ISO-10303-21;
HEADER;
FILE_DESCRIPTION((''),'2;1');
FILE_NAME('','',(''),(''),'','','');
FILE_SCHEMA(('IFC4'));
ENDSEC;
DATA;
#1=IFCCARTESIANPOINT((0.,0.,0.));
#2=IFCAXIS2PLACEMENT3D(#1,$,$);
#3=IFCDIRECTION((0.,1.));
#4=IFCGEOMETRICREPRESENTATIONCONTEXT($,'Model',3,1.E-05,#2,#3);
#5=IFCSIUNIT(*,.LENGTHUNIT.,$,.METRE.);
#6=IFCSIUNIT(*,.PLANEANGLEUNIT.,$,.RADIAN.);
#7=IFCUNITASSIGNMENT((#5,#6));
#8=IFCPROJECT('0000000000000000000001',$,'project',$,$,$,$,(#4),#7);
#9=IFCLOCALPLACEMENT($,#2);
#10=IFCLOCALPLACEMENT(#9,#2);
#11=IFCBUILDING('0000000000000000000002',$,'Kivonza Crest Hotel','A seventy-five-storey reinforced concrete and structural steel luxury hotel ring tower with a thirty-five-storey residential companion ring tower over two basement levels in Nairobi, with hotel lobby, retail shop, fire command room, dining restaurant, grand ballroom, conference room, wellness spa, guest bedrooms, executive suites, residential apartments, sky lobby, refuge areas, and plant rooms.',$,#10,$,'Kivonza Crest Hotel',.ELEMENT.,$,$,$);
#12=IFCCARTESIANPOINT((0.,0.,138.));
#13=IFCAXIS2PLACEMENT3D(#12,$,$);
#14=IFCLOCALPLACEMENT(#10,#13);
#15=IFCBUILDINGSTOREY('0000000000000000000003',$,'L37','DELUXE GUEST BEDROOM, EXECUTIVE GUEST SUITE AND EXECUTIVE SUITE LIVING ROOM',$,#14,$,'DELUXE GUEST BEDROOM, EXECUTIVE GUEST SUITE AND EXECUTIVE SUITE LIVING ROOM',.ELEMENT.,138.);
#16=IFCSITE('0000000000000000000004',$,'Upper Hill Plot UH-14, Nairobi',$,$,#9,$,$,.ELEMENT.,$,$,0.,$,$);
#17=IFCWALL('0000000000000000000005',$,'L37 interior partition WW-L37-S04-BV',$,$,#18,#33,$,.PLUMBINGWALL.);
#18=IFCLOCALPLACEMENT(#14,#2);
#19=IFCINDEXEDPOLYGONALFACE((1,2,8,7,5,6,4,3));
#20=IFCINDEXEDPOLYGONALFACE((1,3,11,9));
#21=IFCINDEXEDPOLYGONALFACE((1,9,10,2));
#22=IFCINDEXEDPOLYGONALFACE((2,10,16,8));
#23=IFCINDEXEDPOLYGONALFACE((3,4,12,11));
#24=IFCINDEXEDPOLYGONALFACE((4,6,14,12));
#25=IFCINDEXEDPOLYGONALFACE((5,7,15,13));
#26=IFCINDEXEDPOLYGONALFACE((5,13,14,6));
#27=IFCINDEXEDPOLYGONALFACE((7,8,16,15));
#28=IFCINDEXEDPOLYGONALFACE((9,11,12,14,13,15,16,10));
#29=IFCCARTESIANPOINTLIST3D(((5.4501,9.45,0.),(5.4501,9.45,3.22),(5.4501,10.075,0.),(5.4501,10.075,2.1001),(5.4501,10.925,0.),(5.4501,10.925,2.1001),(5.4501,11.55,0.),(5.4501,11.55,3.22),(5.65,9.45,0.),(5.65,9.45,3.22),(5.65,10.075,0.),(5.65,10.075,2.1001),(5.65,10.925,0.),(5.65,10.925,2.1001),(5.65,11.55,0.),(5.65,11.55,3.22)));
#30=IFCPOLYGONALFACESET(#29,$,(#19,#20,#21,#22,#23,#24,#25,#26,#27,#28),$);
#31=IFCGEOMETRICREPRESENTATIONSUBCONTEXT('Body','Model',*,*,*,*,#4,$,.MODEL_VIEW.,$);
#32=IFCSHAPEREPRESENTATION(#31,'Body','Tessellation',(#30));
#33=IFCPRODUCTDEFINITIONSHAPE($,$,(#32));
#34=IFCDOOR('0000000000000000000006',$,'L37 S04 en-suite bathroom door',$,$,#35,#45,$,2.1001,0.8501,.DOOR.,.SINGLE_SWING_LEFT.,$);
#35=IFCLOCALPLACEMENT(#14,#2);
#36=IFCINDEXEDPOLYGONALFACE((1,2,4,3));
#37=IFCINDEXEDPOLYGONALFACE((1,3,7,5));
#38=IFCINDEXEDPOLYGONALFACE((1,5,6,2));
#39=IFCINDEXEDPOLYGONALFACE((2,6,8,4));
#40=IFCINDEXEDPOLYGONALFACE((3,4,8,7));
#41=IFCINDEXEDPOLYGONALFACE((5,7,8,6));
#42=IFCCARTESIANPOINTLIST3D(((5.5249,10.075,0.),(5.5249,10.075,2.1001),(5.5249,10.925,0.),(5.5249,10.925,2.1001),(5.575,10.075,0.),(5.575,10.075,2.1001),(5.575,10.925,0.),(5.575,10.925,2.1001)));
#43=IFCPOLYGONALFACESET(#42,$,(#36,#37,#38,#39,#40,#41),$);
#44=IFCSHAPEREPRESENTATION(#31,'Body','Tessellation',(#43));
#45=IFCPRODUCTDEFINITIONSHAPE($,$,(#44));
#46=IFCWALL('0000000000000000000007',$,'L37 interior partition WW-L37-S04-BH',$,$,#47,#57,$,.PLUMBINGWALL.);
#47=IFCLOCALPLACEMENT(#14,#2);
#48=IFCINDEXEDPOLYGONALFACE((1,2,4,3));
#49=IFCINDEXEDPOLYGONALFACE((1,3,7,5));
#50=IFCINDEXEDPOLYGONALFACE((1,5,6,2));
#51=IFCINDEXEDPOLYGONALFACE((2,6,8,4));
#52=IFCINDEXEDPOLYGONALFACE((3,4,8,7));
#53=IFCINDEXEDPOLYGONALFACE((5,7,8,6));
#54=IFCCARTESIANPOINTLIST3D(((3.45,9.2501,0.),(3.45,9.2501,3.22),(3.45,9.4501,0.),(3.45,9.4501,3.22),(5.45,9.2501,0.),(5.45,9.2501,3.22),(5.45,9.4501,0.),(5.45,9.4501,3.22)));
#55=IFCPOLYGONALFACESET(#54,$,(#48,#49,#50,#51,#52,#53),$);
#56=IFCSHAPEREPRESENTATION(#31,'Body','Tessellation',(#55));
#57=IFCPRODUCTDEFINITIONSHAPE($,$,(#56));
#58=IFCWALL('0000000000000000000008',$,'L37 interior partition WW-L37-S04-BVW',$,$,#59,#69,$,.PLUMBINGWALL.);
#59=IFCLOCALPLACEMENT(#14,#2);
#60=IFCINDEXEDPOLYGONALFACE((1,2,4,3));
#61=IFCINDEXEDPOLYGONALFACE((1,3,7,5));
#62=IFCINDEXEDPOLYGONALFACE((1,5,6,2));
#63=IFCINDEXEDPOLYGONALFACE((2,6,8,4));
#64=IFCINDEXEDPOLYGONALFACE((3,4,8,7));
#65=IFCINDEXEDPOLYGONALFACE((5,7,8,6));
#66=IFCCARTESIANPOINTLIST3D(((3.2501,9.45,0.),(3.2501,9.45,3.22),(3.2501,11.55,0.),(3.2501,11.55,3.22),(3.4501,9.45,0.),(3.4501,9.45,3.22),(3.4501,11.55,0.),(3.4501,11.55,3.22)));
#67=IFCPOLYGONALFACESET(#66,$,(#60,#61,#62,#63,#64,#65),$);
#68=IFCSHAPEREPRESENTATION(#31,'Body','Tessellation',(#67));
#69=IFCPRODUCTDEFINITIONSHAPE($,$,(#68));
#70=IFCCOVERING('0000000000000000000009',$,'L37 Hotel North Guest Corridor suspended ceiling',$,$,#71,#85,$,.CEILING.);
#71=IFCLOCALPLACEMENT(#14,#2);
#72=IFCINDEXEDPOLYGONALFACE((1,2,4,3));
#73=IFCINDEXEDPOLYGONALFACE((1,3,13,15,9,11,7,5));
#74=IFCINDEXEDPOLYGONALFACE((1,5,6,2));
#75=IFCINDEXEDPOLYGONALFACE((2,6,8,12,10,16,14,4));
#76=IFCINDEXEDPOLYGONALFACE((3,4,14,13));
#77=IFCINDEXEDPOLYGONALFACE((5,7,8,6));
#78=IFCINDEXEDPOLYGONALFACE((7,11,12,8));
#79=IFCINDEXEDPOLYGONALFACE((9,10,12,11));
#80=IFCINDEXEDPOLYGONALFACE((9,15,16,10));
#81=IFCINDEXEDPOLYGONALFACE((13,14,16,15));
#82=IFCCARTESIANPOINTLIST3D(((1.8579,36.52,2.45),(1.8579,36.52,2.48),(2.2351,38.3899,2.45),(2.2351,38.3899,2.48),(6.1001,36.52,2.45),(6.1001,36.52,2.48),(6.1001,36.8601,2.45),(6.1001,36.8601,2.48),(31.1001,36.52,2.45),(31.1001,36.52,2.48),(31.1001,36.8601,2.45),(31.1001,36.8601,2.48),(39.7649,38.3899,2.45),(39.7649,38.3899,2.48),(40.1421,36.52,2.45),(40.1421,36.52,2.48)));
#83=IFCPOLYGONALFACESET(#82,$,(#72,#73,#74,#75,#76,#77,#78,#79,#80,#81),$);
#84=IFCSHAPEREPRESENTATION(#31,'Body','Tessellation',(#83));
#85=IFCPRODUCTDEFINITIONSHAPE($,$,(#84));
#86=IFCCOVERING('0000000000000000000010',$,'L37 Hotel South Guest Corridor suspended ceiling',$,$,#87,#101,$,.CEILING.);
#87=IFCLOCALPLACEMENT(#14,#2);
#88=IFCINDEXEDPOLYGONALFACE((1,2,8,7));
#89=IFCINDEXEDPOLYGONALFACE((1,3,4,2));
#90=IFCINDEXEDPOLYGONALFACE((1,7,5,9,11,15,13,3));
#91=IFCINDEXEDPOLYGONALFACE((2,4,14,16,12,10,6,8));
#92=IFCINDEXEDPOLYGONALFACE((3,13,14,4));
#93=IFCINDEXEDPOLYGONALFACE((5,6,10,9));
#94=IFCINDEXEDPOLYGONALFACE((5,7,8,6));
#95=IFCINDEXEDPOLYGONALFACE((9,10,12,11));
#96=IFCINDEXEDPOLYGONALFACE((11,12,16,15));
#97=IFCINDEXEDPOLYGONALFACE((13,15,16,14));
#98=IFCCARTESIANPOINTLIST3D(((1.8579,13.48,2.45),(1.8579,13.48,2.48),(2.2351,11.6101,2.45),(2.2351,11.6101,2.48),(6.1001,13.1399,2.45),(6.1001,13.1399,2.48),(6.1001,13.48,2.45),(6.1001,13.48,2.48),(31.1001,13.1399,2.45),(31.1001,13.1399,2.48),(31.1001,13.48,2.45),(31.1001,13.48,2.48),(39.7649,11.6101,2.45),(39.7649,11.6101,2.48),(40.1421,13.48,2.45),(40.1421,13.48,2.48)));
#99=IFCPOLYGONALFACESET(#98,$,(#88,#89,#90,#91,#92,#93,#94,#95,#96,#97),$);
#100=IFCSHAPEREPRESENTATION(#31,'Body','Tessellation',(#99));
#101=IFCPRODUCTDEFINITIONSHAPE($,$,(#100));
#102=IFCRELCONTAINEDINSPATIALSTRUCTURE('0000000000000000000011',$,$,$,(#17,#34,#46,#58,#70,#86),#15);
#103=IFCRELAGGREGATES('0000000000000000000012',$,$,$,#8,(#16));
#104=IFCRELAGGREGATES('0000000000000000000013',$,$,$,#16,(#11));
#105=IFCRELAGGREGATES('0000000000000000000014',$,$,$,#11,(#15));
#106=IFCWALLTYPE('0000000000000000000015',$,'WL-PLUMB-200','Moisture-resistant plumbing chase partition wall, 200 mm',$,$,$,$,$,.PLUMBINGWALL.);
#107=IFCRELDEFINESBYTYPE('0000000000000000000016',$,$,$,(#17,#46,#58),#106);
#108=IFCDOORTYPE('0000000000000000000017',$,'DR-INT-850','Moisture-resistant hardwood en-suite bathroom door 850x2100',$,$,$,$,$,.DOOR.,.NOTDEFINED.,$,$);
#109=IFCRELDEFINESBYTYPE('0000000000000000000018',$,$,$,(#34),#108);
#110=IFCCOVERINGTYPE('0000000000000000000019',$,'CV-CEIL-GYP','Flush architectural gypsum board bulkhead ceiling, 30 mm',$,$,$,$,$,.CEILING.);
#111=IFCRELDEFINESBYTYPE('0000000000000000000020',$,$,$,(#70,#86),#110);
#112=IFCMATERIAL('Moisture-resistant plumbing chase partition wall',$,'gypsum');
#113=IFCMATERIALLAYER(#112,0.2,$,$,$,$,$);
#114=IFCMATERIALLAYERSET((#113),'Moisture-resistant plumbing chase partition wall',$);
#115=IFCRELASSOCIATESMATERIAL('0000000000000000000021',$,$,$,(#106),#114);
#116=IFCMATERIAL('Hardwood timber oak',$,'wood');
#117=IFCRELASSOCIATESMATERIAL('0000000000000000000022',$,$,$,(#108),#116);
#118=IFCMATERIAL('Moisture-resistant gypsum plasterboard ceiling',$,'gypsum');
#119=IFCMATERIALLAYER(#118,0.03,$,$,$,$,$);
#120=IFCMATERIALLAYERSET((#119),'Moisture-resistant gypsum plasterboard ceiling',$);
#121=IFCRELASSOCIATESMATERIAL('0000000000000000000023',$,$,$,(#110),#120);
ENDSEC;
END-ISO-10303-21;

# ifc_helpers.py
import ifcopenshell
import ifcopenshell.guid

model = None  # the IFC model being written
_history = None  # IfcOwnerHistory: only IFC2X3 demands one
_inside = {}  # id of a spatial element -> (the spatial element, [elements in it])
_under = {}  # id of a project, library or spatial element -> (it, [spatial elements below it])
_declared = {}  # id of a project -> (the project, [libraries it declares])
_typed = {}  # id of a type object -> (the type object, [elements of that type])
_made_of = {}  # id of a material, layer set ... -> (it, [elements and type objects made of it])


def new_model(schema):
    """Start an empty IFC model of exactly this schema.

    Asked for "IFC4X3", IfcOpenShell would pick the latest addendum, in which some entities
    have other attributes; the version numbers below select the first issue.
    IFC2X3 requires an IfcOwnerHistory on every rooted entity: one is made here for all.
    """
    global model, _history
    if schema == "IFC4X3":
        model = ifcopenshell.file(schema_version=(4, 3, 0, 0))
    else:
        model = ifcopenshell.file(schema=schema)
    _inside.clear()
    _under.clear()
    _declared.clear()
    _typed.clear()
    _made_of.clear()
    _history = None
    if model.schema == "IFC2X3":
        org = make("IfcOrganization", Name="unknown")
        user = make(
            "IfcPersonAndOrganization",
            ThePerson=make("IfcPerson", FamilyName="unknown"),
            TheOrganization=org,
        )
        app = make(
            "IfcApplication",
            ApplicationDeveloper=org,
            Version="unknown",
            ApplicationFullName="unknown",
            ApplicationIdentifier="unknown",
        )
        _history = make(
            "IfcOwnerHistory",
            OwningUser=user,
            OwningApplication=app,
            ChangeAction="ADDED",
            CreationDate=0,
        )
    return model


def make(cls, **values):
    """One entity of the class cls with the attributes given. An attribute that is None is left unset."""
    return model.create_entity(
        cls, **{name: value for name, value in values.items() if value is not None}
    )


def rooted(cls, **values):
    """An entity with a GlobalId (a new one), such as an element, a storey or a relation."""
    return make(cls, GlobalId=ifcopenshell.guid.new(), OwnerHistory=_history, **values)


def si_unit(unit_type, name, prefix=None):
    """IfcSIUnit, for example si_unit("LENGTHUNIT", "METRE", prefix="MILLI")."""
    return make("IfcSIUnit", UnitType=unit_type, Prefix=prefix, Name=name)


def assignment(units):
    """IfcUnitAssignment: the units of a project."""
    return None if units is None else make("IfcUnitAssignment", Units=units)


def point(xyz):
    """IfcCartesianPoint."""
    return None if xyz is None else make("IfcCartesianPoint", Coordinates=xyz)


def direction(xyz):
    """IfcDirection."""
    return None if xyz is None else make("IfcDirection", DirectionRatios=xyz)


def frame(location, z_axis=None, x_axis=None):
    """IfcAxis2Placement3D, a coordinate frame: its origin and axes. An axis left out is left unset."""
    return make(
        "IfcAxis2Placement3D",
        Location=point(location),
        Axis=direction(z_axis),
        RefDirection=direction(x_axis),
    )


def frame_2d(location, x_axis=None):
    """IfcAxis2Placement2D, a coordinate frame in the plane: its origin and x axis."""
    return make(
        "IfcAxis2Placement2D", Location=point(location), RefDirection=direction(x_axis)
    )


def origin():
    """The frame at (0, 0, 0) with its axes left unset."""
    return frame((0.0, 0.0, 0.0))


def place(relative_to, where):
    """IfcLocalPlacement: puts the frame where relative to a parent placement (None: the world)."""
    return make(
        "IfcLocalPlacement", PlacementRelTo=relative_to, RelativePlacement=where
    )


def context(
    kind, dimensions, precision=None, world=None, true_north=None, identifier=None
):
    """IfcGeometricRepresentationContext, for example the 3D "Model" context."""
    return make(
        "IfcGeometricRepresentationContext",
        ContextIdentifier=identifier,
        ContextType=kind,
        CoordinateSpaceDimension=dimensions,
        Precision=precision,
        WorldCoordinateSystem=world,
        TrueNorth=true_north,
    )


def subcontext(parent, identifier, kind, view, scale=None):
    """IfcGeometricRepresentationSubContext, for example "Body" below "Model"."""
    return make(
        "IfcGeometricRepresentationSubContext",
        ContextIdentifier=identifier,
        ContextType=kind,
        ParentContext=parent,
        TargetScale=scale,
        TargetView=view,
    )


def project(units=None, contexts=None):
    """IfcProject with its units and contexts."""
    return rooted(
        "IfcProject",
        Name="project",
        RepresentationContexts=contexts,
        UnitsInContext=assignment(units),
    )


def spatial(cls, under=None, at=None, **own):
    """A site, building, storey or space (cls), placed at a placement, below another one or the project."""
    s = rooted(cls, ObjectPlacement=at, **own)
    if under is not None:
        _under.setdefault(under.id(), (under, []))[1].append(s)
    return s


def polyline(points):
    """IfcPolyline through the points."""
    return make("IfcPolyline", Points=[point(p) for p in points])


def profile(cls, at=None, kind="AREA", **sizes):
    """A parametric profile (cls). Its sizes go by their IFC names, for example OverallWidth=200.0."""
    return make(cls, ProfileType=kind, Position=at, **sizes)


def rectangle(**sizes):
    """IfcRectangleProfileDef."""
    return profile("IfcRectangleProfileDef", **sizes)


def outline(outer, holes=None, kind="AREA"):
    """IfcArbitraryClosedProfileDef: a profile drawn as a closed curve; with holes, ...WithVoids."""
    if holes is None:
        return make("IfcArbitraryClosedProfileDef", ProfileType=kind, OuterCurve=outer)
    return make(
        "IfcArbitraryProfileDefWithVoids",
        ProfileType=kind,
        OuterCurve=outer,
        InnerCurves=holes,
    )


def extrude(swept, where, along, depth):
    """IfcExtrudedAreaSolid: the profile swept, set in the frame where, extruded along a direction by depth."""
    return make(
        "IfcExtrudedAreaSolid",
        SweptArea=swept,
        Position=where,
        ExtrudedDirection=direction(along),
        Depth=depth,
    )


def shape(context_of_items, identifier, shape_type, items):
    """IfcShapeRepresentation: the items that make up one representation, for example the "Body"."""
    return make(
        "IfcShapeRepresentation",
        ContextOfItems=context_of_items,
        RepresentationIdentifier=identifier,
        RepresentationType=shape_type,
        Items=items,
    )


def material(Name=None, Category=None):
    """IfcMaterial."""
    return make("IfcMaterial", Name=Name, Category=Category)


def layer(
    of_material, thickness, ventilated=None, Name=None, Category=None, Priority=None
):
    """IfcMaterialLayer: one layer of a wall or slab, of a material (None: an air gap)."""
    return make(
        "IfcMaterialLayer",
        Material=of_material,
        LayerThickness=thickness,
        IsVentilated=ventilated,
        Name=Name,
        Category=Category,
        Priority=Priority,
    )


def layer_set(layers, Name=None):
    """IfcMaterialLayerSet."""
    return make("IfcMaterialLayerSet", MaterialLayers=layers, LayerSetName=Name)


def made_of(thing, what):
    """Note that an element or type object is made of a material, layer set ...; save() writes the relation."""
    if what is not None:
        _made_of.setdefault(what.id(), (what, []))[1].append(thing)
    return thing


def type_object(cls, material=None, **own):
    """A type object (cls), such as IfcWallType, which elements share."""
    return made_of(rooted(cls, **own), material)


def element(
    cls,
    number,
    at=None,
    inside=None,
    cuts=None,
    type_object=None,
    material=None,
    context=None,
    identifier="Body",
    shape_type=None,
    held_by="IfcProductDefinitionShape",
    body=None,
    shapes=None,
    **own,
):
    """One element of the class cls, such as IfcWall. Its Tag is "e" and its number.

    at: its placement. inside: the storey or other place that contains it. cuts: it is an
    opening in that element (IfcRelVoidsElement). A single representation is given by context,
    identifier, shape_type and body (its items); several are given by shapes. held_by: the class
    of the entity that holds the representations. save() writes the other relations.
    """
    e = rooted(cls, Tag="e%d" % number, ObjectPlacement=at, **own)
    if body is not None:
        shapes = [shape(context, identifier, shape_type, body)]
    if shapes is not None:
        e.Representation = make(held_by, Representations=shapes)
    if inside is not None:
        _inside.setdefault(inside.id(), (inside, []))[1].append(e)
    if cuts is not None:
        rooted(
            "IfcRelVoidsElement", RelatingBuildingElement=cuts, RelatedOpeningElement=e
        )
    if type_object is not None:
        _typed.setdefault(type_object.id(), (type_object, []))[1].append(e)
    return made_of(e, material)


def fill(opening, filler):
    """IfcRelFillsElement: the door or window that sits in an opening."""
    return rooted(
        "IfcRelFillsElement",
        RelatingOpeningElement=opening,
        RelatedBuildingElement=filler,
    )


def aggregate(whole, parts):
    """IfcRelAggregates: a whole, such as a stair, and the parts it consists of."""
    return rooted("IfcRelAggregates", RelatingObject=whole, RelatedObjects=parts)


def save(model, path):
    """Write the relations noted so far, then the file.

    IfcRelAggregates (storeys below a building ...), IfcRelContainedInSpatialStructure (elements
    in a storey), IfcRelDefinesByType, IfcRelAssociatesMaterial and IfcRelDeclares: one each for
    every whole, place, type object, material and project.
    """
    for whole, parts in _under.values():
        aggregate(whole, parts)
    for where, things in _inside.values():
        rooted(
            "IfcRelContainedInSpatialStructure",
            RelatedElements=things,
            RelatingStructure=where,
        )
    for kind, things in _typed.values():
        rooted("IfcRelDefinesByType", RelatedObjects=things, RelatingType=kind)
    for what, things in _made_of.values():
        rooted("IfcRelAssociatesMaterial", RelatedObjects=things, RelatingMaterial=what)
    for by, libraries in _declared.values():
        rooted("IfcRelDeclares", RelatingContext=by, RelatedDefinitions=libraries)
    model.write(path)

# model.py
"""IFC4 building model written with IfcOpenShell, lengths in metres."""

from ifc_helpers import new_model, si_unit, direction, frame, frame_2d, origin, place, context, subcontext, project, spatial, polyline, rectangle, outline, extrude, material, layer, layer_set, type_object, element, fill, save


model = new_model("IFC4")

# Units and contexts
model_context = context("Model", 3, precision=1e-05, world=origin(), true_north=direction((0.0, 1.0)))
body_context = subcontext(model_context, "Body", "Model", "MODEL_VIEW")
ifc_project = project(units=[si_unit("LENGTHUNIT", "METRE"), si_unit("PLANEANGLEUNIT", "RADIAN")], contexts=[model_context])

# Site, building, storey
site_placement = place(None, origin())
site = spatial("IfcSite", under=ifc_project, at=site_placement, Name="Upper Hill Plot UH-14, Nairobi", CompositionType="ELEMENT", RefElevation=0.0)
building_placement = place(site_placement, origin())
building = spatial("IfcBuilding", under=site, at=building_placement, Name="Kivonza Crest Hotel", Description="A seventy-five-storey reinforced concrete and structural steel luxury hotel ring tower with a thirty-five-storey residential companion ring tower over two basement levels in Nairobi, with hotel lobby, retail shop, fire command room, dining restaurant, grand ballroom, conference room, wellness spa, guest bedrooms, executive suites, residential apartments, sky lobby, refuge areas, and plant rooms.", LongName="Kivonza Crest Hotel", CompositionType="ELEMENT")
storey_placement = place(building_placement, frame((0.0, 0.0, 138.0)))
storey = spatial("IfcBuildingStorey", under=building, at=storey_placement, Name="L37", Description="DELUXE GUEST BEDROOM, EXECUTIVE GUEST SUITE AND EXECUTIVE SUITE LIVING ROOM", LongName="DELUXE GUEST BEDROOM, EXECUTIVE GUEST SUITE AND EXECUTIVE SUITE LIVING ROOM", CompositionType="ELEMENT", Elevation=138.0)

# Shared definitions
ifc_material_1 = material(Name="Hardwood timber oak", Category="wood")

# Wall, opening, door
ifc_material_2 = material(Name="Moisture-resistant plumbing chase partition wall", Category="gypsum")
ifc_layer_1 = layer(ifc_material_2, 0.2)
ifc_layer_set_1 = layer_set([ifc_layer_1], Name="Moisture-resistant plumbing chase partition wall")
wall_type_1 = type_object("IfcWallType", Name="WL-PLUMB-200", Description="Moisture-resistant plumbing chase partition wall, 200 mm", PredefinedType="PLUMBINGWALL", material=ifc_layer_set_1)
wall_1_placement = place(storey_placement, frame((5.55, 9.45, 0.0), z_axis=(0.0, 0.0, 1.0), x_axis=(0.0, 1.0, 0.0)))
wall_1 = element("IfcWall", 1, at=wall_1_placement, inside=storey, type_object=wall_type_1, Name="L37 interior partition WW-L37-S04-BV", PredefinedType="PLUMBINGWALL", context=body_context, shape_type="SweptSolid", body=[
    extrude(rectangle(XDim=2.1001, YDim=0.2, at=frame_2d((1.05, 0.0))), origin(), (0.0, 0.0, 1.0), 3.22),
])
opening_1_placement = place(wall_1_placement, frame((0.625, 0.0, 0.0)))
opening_1 = element("IfcOpeningElement", 2, at=opening_1_placement, cuts=wall_1, PredefinedType="OPENING", context=body_context, shape_type="SweptSolid", body=[
    extrude(rectangle(XDim=0.8501, YDim=2.1001, at=frame_2d((0.425, 1.05))), frame((0.0, 0.1099, 0.0), z_axis=(0.0, -1.0, 0.0), x_axis=(1.0, 0.0, 0.0)), (0.0, 0.0, 1.0), 0.22),
])
door_type_1 = type_object("IfcDoorType", Name="DR-INT-850", Description="Moisture-resistant hardwood en-suite bathroom door 850x2100", OperationType="NOTDEFINED", PredefinedType="DOOR", material=ifc_material_1)
door_1_placement = place(opening_1_placement, frame((0.8501, 0.0, 0.0), z_axis=(0.0, 0.0, 1.0), x_axis=(-1.0, 0.0, 0.0)))
door_1 = element("IfcDoor", 3, at=door_1_placement, inside=storey, type_object=door_type_1, Name="L37 S04 en-suite bathroom door", OperationType="SINGLE_SWING_LEFT", OverallHeight=2.1001, OverallWidth=0.8501, PredefinedType="DOOR", context=body_context, shape_type="SweptSolid", body=[
    extrude(rectangle(XDim=0.8501, YDim=2.1001, at=frame_2d((0.425, 1.05))), frame((0.0, 0.0249, 0.0), z_axis=(0.0, -1.0, 0.0), x_axis=(1.0, 0.0, 0.0)), (0.0, 0.0, 1.0), 0.05),
])
fill(opening_1, door_1)

# Walls
wall_2_placement = place(storey_placement, frame((3.45, 9.3501, 0.0), z_axis=(0.0, 0.0, 1.0), x_axis=(1.0, 0.0, 0.0)))
element("IfcWall", 4, at=wall_2_placement, inside=storey, type_object=wall_type_1, Name="L37 interior partition WW-L37-S04-BH", PredefinedType="PLUMBINGWALL", context=body_context, shape_type="SweptSolid", body=[
    extrude(rectangle(XDim=2.0, YDim=0.2, at=frame_2d((1.0, 0.0))), origin(), (0.0, 0.0, 1.0), 3.22),
])
wall_3_placement = place(storey_placement, frame((3.3501, 9.45, 0.0), z_axis=(0.0, 0.0, 1.0), x_axis=(0.0, 1.0, 0.0)))
element("IfcWall", 5, at=wall_3_placement, inside=storey, type_object=wall_type_1, Name="L37 interior partition WW-L37-S04-BVW", PredefinedType="PLUMBINGWALL", context=body_context, shape_type="SweptSolid", body=[
    extrude(rectangle(XDim=2.1001, YDim=0.2, at=frame_2d((1.05, 0.0))), origin(), (0.0, 0.0, 1.0), 3.22),
])

# Coverings
ifc_material_3 = material(Name="Moisture-resistant gypsum plasterboard ceiling", Category="gypsum")
ifc_layer_2 = layer(ifc_material_3, 0.03)
ifc_layer_set_2 = layer_set([ifc_layer_2], Name="Moisture-resistant gypsum plasterboard ceiling")
covering_type = type_object("IfcCoveringType", Name="CV-CEIL-GYP", Description="Flush architectural gypsum board bulkhead ceiling, 30 mm", PredefinedType="CEILING", material=ifc_layer_set_2)
covering_1_placement = place(storey_placement, frame((0.0, 0.0, 2.45)))
element("IfcCovering", 6, at=covering_1_placement, inside=storey, type_object=covering_type, Name="L37 Hotel North Guest Corridor suspended ceiling", PredefinedType="CEILING", context=body_context, shape_type="SweptSolid", body=[
    extrude(outline(polyline([(2.2351, 38.3899), (1.8579, 36.52), (6.1001, 36.52), (6.1001, 36.8601), (31.1001, 36.8601), (31.1001, 36.52), (40.1421, 36.52), (39.7649, 38.3899), (2.2351, 38.3899)])), origin(), (0.0, 0.0, 1.0), 0.03),
])
covering_2_placement = place(storey_placement, frame((0.0, 0.0, 2.45)))
element("IfcCovering", 7, at=covering_2_placement, inside=storey, type_object=covering_type, Name="L37 Hotel South Guest Corridor suspended ceiling", PredefinedType="CEILING", context=body_context, shape_type="SweptSolid", body=[
    extrude(outline(polyline([(1.8579, 13.48), (2.2351, 11.6101), (39.7649, 11.6101), (40.1421, 13.48), (31.1001, 13.48), (31.1001, 13.1399), (6.1001, 13.1399), (6.1001, 13.48), (1.8579, 13.48)])), origin(), (0.0, 0.0, 1.0), 0.03),
])

save(model, "model.ifc")
